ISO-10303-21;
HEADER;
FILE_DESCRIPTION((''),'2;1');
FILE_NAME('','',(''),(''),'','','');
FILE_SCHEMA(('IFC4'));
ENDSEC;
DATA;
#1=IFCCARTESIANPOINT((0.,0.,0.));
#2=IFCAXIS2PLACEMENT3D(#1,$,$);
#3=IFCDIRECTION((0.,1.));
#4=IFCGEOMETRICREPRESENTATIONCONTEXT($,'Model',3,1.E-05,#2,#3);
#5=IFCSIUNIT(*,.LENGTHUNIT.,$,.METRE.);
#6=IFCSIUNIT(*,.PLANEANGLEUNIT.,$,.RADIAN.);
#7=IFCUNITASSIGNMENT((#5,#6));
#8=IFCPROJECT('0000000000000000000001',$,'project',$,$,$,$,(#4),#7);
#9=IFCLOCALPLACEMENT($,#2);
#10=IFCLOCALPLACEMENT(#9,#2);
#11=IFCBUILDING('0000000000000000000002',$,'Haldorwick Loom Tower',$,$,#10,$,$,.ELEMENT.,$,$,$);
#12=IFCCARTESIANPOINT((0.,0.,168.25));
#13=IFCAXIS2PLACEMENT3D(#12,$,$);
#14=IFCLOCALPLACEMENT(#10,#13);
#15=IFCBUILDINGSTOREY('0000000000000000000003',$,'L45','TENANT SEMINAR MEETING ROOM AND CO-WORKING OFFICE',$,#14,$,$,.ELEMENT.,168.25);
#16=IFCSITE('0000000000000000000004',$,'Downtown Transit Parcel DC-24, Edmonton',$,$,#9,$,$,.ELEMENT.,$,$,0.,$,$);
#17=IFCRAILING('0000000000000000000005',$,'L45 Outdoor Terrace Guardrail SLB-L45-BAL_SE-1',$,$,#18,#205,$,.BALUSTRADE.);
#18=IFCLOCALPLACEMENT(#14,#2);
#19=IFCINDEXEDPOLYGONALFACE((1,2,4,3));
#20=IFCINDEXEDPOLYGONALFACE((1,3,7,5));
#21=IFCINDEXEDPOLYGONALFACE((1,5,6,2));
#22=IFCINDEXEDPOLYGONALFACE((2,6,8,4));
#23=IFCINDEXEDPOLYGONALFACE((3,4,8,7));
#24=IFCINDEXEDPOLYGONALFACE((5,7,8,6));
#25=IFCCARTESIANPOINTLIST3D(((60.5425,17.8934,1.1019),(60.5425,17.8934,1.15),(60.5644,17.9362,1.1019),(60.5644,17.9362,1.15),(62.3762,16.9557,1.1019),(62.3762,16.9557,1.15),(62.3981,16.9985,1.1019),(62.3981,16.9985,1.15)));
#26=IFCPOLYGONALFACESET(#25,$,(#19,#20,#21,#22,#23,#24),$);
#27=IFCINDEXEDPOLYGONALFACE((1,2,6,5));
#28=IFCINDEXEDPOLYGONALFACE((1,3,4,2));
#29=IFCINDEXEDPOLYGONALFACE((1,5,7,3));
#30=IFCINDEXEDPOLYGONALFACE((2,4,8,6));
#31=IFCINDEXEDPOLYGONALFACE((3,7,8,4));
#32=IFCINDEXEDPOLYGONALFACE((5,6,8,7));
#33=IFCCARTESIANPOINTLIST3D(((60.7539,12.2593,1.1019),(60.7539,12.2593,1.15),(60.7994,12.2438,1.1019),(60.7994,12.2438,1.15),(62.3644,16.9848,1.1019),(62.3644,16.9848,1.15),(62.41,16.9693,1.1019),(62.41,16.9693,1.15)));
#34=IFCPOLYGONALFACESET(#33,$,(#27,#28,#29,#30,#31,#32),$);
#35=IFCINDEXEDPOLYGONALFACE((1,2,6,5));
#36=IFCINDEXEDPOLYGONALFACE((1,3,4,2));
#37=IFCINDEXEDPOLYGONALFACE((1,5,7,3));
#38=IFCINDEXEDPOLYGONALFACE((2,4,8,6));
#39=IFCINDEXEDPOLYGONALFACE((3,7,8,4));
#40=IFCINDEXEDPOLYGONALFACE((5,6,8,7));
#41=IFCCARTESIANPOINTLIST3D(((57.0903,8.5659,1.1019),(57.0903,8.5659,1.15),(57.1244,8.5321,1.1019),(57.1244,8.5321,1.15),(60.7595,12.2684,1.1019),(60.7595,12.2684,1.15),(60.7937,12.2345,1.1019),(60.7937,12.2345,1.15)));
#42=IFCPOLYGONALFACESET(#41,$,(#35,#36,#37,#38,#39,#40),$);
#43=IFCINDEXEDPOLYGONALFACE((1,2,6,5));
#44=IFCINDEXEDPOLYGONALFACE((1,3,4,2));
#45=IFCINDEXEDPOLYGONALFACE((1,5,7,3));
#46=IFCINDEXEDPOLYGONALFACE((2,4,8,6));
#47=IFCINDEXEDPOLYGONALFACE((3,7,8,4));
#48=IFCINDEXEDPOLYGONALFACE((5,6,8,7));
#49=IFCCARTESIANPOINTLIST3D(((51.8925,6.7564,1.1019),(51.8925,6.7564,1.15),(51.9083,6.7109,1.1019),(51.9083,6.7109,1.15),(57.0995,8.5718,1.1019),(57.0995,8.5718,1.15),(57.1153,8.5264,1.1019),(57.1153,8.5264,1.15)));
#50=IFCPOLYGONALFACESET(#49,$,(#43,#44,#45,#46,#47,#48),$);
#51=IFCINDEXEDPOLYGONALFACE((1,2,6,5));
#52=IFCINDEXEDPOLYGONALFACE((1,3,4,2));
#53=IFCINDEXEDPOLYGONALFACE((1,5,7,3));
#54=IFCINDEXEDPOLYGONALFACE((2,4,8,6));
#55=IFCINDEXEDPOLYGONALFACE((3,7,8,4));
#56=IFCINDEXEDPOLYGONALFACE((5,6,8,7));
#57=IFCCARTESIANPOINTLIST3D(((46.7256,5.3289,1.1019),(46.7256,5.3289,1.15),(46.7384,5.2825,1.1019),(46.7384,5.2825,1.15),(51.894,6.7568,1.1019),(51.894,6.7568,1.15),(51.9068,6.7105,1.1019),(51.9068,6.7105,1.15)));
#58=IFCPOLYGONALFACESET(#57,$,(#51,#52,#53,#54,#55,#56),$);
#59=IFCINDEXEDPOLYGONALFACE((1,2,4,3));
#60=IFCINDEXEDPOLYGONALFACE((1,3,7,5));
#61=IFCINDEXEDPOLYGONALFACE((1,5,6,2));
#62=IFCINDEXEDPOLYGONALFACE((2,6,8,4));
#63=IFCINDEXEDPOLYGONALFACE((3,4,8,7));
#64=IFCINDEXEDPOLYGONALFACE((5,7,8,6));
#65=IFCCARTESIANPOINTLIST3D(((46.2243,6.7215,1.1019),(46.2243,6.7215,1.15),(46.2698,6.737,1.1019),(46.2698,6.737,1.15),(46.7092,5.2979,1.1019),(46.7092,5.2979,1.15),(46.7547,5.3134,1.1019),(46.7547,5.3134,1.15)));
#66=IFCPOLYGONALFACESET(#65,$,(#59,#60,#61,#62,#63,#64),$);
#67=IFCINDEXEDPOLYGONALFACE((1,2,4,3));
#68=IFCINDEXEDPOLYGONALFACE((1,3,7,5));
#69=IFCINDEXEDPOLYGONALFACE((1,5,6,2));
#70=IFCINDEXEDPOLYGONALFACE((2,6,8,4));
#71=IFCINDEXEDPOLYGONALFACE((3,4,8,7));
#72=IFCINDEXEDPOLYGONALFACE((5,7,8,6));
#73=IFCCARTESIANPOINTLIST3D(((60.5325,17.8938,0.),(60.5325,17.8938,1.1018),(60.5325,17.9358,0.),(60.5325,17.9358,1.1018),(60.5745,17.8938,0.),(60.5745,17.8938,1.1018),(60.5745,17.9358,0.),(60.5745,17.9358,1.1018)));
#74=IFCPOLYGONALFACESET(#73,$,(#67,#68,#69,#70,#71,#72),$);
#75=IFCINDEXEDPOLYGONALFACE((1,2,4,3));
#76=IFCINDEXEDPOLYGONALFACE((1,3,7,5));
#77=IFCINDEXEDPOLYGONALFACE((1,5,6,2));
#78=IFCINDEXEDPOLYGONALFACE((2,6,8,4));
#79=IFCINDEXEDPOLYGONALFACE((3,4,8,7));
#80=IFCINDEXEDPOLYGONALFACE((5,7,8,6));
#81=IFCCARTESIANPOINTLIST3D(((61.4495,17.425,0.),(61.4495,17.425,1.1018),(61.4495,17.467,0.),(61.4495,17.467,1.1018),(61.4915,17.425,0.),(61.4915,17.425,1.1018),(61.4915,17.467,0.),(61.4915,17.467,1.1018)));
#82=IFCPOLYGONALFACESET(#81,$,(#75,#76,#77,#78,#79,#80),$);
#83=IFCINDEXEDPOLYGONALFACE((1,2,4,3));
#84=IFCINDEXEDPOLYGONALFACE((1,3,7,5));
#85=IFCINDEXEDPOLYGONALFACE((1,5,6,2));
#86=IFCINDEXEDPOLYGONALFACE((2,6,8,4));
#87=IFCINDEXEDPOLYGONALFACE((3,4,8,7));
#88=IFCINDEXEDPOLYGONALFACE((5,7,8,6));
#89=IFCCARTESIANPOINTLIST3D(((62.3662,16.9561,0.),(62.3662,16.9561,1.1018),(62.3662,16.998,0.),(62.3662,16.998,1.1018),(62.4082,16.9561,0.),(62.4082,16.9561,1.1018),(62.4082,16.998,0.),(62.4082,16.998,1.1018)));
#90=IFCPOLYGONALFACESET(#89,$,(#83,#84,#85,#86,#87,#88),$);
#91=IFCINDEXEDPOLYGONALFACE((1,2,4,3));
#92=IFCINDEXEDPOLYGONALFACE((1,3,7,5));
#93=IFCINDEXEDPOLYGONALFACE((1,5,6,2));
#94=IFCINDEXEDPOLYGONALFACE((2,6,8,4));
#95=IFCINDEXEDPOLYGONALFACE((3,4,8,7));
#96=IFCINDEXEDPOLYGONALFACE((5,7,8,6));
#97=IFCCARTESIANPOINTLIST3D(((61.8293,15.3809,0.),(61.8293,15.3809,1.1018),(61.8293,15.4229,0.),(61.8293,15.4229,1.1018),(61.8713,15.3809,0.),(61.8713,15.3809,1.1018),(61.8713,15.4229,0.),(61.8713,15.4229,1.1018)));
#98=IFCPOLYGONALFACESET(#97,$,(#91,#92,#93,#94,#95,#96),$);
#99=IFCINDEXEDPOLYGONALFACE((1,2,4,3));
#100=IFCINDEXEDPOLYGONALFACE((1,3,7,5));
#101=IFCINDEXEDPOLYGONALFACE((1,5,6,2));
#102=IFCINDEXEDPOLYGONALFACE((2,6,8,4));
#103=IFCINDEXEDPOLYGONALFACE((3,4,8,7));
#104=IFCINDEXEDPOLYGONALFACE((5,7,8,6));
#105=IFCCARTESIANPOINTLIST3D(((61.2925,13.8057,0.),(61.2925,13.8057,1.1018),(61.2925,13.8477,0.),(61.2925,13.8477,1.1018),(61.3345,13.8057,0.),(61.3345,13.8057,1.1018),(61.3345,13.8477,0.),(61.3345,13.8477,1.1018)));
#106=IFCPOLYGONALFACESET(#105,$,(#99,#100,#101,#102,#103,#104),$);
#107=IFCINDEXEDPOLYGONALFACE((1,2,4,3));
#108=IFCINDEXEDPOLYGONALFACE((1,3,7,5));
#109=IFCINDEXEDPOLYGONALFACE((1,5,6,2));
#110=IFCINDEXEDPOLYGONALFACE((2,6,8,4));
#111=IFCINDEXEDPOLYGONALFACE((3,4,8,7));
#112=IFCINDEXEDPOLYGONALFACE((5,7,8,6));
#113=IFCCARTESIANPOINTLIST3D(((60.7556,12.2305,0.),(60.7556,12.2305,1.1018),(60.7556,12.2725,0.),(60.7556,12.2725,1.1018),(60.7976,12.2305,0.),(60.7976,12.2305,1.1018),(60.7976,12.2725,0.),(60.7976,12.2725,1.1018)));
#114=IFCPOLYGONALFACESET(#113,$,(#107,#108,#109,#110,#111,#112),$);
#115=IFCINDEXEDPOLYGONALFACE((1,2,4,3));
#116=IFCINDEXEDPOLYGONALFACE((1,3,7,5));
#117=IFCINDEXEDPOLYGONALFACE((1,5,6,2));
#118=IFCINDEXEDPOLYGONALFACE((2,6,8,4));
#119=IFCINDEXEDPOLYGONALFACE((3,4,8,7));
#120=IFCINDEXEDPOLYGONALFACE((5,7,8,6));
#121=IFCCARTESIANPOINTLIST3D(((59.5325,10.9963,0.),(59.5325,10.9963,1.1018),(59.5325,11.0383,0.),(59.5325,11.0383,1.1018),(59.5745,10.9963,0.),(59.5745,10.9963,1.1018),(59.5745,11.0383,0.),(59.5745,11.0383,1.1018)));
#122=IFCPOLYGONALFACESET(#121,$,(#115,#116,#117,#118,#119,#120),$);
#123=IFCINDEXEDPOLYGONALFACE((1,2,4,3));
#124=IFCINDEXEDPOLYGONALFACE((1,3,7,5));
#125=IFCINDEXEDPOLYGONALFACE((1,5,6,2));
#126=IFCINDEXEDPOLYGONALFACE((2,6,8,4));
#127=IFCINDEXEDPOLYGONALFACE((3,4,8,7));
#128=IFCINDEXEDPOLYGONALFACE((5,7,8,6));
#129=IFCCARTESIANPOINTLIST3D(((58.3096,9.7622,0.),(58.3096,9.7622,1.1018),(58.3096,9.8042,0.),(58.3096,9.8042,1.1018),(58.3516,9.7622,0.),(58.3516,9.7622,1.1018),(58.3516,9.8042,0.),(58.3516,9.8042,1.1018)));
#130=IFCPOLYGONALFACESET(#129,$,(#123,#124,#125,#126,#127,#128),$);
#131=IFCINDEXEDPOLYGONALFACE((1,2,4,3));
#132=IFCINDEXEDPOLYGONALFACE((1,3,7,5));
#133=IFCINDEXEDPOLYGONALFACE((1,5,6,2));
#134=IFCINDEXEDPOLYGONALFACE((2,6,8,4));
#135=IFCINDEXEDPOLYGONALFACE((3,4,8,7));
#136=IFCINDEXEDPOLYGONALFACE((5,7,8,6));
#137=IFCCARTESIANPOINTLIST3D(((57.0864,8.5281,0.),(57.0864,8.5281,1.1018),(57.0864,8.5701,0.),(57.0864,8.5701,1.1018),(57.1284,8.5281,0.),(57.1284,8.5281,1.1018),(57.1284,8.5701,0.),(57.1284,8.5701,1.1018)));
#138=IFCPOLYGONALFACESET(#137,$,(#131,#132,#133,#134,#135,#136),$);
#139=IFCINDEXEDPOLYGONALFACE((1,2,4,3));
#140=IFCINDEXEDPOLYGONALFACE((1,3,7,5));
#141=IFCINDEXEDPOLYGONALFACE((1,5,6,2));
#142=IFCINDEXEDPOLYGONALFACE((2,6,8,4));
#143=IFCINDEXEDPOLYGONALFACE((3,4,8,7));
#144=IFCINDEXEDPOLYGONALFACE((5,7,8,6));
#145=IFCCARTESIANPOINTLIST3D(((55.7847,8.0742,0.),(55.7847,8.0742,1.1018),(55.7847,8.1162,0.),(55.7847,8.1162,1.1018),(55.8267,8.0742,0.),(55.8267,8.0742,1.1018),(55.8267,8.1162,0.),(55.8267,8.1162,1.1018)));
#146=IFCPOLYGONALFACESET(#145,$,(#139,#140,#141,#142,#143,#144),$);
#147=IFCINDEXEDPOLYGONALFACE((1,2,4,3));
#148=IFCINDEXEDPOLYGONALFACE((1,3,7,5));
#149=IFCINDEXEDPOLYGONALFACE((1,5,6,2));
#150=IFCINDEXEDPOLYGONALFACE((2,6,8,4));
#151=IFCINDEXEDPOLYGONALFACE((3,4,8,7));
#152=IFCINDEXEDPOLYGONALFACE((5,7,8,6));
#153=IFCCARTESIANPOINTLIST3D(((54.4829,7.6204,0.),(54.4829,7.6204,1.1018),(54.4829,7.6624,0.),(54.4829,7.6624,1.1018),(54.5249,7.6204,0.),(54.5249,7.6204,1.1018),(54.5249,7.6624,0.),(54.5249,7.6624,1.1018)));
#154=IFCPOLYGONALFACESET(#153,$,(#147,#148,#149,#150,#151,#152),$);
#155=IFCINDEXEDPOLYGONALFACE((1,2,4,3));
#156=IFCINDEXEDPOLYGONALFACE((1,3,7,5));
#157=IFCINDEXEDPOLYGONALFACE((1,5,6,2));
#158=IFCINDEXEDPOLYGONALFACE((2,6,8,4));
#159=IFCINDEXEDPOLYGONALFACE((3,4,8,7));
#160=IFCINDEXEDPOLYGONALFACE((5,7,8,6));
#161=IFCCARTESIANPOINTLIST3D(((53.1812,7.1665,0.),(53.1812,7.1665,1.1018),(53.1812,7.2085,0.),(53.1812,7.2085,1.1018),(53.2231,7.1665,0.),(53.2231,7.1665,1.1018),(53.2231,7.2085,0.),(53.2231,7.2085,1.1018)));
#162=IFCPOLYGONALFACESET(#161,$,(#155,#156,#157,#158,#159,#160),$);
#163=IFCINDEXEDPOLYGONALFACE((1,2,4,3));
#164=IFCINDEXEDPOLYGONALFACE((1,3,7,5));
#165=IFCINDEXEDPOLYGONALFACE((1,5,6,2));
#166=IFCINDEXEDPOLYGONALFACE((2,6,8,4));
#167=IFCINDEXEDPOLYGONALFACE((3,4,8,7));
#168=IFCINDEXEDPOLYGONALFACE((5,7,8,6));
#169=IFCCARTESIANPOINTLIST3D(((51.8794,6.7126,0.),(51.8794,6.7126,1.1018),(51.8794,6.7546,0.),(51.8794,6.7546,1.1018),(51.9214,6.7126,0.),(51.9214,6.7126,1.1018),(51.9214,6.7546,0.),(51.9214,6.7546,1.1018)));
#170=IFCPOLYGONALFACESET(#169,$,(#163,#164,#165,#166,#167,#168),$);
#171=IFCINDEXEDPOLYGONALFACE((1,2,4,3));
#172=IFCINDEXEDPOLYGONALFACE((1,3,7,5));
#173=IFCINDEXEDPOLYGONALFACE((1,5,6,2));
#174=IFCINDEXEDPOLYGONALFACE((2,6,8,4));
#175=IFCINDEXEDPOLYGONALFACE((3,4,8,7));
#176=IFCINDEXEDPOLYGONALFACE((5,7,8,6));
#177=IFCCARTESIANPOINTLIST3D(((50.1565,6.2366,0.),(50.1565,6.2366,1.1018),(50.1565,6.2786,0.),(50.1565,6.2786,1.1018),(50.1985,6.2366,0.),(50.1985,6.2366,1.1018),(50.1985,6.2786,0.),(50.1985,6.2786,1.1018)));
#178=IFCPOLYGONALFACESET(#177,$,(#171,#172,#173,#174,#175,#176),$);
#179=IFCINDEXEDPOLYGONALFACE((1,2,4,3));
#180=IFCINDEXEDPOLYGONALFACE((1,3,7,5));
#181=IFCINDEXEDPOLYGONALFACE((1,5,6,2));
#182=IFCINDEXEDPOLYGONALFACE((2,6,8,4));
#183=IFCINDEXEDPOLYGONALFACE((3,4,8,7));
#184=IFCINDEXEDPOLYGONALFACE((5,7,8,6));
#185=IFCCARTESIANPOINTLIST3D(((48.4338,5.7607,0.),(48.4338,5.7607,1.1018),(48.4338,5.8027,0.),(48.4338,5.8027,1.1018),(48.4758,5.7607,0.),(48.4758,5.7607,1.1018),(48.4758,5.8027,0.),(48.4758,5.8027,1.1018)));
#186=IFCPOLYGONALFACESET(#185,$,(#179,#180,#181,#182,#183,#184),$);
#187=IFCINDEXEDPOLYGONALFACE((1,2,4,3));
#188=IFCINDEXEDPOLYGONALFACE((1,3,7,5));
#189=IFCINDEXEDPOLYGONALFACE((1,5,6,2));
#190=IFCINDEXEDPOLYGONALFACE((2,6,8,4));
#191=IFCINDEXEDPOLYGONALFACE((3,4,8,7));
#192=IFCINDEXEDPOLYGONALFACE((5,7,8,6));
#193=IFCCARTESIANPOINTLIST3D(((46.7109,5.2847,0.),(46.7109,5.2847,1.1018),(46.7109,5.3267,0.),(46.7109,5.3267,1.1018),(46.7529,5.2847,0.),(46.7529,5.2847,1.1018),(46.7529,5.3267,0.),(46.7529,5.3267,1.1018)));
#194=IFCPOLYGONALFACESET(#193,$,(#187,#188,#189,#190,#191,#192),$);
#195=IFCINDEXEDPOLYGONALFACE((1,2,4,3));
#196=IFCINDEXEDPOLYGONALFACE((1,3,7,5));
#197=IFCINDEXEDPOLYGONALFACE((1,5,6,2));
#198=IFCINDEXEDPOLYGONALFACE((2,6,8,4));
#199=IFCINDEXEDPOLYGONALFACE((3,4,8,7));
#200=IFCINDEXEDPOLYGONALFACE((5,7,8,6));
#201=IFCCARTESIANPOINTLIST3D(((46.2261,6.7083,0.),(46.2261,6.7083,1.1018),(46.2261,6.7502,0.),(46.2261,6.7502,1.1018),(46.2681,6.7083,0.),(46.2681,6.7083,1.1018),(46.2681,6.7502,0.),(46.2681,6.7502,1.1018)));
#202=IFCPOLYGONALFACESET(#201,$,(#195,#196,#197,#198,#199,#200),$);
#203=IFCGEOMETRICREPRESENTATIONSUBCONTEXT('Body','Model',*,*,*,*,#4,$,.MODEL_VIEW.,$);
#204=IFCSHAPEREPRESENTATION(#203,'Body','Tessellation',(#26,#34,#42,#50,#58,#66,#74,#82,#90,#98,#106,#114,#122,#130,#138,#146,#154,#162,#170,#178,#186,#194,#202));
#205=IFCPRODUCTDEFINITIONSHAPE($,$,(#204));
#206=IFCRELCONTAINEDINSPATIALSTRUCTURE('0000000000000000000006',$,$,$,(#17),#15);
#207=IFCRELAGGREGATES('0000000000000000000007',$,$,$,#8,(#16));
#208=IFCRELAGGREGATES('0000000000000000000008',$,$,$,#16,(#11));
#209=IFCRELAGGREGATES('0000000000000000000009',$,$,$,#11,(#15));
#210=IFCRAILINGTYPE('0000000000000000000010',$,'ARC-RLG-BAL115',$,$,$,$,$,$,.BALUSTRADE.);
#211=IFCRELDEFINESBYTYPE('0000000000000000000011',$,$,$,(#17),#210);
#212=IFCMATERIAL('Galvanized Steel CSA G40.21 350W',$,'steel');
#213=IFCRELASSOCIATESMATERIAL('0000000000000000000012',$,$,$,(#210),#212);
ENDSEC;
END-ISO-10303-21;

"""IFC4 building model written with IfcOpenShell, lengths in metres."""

from ifc_helpers import new_model, si_unit, direction, frame, origin, origin_2d, place, context, subcontext, project, spatial, rectangle, extrude, material, type_object, element, save


model = new_model("IFC4")

# Units and contexts
model_context = context("Model", 3, precision=1e-05, world=origin(), true_north=direction((0.0, 1.0)))
body_context = subcontext(model_context, "Body", "Model", "MODEL_VIEW")
ifc_project = project(units=[si_unit("LENGTHUNIT", "METRE"), si_unit("PLANEANGLEUNIT", "RADIAN")], contexts=[model_context])

# Site, building, storey
site_placement = place(None, origin())
site = spatial("IfcSite", under=ifc_project, at=site_placement, Name="Downtown Transit Parcel DC-24, Edmonton", CompositionType="ELEMENT", RefElevation=0.0)
building_placement = place(site_placement, origin())
building = spatial("IfcBuilding", under=site, at=building_placement, Name="Haldorwick Loom Tower", CompositionType="ELEMENT")
storey_placement = place(building_placement, frame((0.0, 0.0, 168.25)))
storey = spatial("IfcBuildingStorey", under=building, at=storey_placement, Name="L45", Description="TENANT SEMINAR MEETING ROOM AND CO-WORKING OFFICE", CompositionType="ELEMENT", Elevation=168.25)

# Railing
ifc_material_1 = material(Name="Galvanized Steel CSA G40.21 350W", Category="steel")
railing_type = type_object("IfcRailingType", Name="ARC-RLG-BAL115", PredefinedType="BALUSTRADE", material=ifc_material_1)
railing_placement = place(storey_placement, frame((60.5535, 17.9148, 0.0)))
element("IfcRailing", 1, at=railing_placement, inside=storey, type_object=railing_type, Name="L45 Outdoor Terrace Guardrail SLB-L45-BAL_SE-1", PredefinedType="BALUSTRADE", context=body_context, shape_type="SweptSolid", body=[
    extrude(rectangle(XDim=0.0481, YDim=0.0481, at=origin_2d()), frame((0.0, 0.0, 1.126), z_axis=(0.890336, -0.455303, 0.0), x_axis=(0.455303, 0.890336, 0.0)), (0.0, 0.0, 1.0), 2.0596),
    extrude(rectangle(XDim=0.0481, YDim=0.0481, at=origin_2d()), frame((1.8337, -0.9377, 1.126), z_axis=(-0.322602, -0.946535, 0.0), x_axis=(0.946535, -0.322602, 0.0)), (0.0, 0.0, 1.0), 4.9924),
    extrude(rectangle(XDim=0.0481, YDim=0.0481, at=origin_2d()), frame((0.2231, -5.6633, 1.126), z_axis=(-0.703915, -0.710285, 0.0), x_axis=(0.710285, -0.703915, 0.0)), (0.0, 0.0, 1.0), 5.2126),
    extrude(rectangle(XDim=0.0481, YDim=0.0481, at=origin_2d()), frame((-3.446, -9.3657, 1.126), z_axis=(-0.944255, -0.329214, 0.0), x_axis=(0.329214, -0.944255, 0.0)), (0.0, 0.0, 1.0), 5.5144),
    extrude(rectangle(XDim=0.0481, YDim=0.0481, at=origin_2d()), frame((-8.6531, -11.1812, 1.126), z_axis=(-0.963887, -0.26631, 0.0), x_axis=(0.26631, -0.963887, 0.0)), (0.0, 0.0, 1.0), 5.3621),
    extrude(rectangle(XDim=0.0481, YDim=0.0481, at=origin_2d()), frame((-13.8215, -12.6091, 1.126), z_axis=(-0.322406, 0.946601, 0.0), x_axis=(-0.946601, -0.322406, 0.0)), (0.0, 0.0, 1.0), 1.5039),
    extrude(rectangle(XDim=0.042, YDim=0.042, at=origin_2d()), origin(), (0.0, 0.0, 1.0), 1.1018),
    extrude(rectangle(XDim=0.042, YDim=0.042, at=origin_2d()), frame((0.917, -0.4688, 0.0)), (0.0, 0.0, 1.0), 1.1018),
    extrude(rectangle(XDim=0.042, YDim=0.042, at=origin_2d()), frame((1.8337, -0.9377, 0.0)), (0.0, 0.0, 1.0), 1.1018),
    extrude(rectangle(XDim=0.042, YDim=0.042, at=origin_2d()), frame((1.2969, -2.5129, 0.0)), (0.0, 0.0, 1.0), 1.1018),
    extrude(rectangle(XDim=0.042, YDim=0.042, at=origin_2d()), frame((0.76, -4.0881, 0.0)), (0.0, 0.0, 1.0), 1.1018),
    extrude(rectangle(XDim=0.042, YDim=0.042, at=origin_2d()), frame((0.2231, -5.6633, 0.0)), (0.0, 0.0, 1.0), 1.1018),
    extrude(rectangle(XDim=0.042, YDim=0.042, at=origin_2d()), frame((-1.0, -6.8975, 0.0)), (0.0, 0.0, 1.0), 1.1018),
    extrude(rectangle(XDim=0.042, YDim=0.042, at=origin_2d()), frame((-2.2229, -8.1316, 0.0)), (0.0, 0.0, 1.0), 1.1018),
    extrude(rectangle(XDim=0.042, YDim=0.042, at=origin_2d()), frame((-3.446, -9.3657, 0.0)), (0.0, 0.0, 1.0), 1.1018),
    extrude(rectangle(XDim=0.042, YDim=0.042, at=origin_2d()), frame((-4.7478, -9.8196, 0.0)), (0.0, 0.0, 1.0), 1.1018),
    extrude(rectangle(XDim=0.042, YDim=0.042, at=origin_2d()), frame((-6.0496, -10.2734, 0.0)), (0.0, 0.0, 1.0), 1.1018),
    extrude(rectangle(XDim=0.042, YDim=0.042, at=origin_2d()), frame((-7.3513, -10.7273, 0.0)), (0.0, 0.0, 1.0), 1.1018),
    extrude(rectangle(XDim=0.042, YDim=0.042, at=origin_2d()), frame((-8.6531, -11.1812, 0.0)), (0.0, 0.0, 1.0), 1.1018),
    extrude(rectangle(XDim=0.042, YDim=0.042, at=origin_2d()), frame((-10.376, -11.6572, 0.0)), (0.0, 0.0, 1.0), 1.1018),
    extrude(rectangle(XDim=0.042, YDim=0.042, at=origin_2d()), frame((-12.0986, -12.1331, 0.0)), (0.0, 0.0, 1.0), 1.1018),
    extrude(rectangle(XDim=0.042, YDim=0.042, at=origin_2d()), frame((-13.8215, -12.6091, 0.0)), (0.0, 0.0, 1.0), 1.1018),
    extrude(rectangle(XDim=0.042, YDim=0.042, at=origin_2d()), frame((-14.3064, -11.1855, 0.0)), (0.0, 0.0, 1.0), 1.1018),
])

save(model, "model.ifc")
